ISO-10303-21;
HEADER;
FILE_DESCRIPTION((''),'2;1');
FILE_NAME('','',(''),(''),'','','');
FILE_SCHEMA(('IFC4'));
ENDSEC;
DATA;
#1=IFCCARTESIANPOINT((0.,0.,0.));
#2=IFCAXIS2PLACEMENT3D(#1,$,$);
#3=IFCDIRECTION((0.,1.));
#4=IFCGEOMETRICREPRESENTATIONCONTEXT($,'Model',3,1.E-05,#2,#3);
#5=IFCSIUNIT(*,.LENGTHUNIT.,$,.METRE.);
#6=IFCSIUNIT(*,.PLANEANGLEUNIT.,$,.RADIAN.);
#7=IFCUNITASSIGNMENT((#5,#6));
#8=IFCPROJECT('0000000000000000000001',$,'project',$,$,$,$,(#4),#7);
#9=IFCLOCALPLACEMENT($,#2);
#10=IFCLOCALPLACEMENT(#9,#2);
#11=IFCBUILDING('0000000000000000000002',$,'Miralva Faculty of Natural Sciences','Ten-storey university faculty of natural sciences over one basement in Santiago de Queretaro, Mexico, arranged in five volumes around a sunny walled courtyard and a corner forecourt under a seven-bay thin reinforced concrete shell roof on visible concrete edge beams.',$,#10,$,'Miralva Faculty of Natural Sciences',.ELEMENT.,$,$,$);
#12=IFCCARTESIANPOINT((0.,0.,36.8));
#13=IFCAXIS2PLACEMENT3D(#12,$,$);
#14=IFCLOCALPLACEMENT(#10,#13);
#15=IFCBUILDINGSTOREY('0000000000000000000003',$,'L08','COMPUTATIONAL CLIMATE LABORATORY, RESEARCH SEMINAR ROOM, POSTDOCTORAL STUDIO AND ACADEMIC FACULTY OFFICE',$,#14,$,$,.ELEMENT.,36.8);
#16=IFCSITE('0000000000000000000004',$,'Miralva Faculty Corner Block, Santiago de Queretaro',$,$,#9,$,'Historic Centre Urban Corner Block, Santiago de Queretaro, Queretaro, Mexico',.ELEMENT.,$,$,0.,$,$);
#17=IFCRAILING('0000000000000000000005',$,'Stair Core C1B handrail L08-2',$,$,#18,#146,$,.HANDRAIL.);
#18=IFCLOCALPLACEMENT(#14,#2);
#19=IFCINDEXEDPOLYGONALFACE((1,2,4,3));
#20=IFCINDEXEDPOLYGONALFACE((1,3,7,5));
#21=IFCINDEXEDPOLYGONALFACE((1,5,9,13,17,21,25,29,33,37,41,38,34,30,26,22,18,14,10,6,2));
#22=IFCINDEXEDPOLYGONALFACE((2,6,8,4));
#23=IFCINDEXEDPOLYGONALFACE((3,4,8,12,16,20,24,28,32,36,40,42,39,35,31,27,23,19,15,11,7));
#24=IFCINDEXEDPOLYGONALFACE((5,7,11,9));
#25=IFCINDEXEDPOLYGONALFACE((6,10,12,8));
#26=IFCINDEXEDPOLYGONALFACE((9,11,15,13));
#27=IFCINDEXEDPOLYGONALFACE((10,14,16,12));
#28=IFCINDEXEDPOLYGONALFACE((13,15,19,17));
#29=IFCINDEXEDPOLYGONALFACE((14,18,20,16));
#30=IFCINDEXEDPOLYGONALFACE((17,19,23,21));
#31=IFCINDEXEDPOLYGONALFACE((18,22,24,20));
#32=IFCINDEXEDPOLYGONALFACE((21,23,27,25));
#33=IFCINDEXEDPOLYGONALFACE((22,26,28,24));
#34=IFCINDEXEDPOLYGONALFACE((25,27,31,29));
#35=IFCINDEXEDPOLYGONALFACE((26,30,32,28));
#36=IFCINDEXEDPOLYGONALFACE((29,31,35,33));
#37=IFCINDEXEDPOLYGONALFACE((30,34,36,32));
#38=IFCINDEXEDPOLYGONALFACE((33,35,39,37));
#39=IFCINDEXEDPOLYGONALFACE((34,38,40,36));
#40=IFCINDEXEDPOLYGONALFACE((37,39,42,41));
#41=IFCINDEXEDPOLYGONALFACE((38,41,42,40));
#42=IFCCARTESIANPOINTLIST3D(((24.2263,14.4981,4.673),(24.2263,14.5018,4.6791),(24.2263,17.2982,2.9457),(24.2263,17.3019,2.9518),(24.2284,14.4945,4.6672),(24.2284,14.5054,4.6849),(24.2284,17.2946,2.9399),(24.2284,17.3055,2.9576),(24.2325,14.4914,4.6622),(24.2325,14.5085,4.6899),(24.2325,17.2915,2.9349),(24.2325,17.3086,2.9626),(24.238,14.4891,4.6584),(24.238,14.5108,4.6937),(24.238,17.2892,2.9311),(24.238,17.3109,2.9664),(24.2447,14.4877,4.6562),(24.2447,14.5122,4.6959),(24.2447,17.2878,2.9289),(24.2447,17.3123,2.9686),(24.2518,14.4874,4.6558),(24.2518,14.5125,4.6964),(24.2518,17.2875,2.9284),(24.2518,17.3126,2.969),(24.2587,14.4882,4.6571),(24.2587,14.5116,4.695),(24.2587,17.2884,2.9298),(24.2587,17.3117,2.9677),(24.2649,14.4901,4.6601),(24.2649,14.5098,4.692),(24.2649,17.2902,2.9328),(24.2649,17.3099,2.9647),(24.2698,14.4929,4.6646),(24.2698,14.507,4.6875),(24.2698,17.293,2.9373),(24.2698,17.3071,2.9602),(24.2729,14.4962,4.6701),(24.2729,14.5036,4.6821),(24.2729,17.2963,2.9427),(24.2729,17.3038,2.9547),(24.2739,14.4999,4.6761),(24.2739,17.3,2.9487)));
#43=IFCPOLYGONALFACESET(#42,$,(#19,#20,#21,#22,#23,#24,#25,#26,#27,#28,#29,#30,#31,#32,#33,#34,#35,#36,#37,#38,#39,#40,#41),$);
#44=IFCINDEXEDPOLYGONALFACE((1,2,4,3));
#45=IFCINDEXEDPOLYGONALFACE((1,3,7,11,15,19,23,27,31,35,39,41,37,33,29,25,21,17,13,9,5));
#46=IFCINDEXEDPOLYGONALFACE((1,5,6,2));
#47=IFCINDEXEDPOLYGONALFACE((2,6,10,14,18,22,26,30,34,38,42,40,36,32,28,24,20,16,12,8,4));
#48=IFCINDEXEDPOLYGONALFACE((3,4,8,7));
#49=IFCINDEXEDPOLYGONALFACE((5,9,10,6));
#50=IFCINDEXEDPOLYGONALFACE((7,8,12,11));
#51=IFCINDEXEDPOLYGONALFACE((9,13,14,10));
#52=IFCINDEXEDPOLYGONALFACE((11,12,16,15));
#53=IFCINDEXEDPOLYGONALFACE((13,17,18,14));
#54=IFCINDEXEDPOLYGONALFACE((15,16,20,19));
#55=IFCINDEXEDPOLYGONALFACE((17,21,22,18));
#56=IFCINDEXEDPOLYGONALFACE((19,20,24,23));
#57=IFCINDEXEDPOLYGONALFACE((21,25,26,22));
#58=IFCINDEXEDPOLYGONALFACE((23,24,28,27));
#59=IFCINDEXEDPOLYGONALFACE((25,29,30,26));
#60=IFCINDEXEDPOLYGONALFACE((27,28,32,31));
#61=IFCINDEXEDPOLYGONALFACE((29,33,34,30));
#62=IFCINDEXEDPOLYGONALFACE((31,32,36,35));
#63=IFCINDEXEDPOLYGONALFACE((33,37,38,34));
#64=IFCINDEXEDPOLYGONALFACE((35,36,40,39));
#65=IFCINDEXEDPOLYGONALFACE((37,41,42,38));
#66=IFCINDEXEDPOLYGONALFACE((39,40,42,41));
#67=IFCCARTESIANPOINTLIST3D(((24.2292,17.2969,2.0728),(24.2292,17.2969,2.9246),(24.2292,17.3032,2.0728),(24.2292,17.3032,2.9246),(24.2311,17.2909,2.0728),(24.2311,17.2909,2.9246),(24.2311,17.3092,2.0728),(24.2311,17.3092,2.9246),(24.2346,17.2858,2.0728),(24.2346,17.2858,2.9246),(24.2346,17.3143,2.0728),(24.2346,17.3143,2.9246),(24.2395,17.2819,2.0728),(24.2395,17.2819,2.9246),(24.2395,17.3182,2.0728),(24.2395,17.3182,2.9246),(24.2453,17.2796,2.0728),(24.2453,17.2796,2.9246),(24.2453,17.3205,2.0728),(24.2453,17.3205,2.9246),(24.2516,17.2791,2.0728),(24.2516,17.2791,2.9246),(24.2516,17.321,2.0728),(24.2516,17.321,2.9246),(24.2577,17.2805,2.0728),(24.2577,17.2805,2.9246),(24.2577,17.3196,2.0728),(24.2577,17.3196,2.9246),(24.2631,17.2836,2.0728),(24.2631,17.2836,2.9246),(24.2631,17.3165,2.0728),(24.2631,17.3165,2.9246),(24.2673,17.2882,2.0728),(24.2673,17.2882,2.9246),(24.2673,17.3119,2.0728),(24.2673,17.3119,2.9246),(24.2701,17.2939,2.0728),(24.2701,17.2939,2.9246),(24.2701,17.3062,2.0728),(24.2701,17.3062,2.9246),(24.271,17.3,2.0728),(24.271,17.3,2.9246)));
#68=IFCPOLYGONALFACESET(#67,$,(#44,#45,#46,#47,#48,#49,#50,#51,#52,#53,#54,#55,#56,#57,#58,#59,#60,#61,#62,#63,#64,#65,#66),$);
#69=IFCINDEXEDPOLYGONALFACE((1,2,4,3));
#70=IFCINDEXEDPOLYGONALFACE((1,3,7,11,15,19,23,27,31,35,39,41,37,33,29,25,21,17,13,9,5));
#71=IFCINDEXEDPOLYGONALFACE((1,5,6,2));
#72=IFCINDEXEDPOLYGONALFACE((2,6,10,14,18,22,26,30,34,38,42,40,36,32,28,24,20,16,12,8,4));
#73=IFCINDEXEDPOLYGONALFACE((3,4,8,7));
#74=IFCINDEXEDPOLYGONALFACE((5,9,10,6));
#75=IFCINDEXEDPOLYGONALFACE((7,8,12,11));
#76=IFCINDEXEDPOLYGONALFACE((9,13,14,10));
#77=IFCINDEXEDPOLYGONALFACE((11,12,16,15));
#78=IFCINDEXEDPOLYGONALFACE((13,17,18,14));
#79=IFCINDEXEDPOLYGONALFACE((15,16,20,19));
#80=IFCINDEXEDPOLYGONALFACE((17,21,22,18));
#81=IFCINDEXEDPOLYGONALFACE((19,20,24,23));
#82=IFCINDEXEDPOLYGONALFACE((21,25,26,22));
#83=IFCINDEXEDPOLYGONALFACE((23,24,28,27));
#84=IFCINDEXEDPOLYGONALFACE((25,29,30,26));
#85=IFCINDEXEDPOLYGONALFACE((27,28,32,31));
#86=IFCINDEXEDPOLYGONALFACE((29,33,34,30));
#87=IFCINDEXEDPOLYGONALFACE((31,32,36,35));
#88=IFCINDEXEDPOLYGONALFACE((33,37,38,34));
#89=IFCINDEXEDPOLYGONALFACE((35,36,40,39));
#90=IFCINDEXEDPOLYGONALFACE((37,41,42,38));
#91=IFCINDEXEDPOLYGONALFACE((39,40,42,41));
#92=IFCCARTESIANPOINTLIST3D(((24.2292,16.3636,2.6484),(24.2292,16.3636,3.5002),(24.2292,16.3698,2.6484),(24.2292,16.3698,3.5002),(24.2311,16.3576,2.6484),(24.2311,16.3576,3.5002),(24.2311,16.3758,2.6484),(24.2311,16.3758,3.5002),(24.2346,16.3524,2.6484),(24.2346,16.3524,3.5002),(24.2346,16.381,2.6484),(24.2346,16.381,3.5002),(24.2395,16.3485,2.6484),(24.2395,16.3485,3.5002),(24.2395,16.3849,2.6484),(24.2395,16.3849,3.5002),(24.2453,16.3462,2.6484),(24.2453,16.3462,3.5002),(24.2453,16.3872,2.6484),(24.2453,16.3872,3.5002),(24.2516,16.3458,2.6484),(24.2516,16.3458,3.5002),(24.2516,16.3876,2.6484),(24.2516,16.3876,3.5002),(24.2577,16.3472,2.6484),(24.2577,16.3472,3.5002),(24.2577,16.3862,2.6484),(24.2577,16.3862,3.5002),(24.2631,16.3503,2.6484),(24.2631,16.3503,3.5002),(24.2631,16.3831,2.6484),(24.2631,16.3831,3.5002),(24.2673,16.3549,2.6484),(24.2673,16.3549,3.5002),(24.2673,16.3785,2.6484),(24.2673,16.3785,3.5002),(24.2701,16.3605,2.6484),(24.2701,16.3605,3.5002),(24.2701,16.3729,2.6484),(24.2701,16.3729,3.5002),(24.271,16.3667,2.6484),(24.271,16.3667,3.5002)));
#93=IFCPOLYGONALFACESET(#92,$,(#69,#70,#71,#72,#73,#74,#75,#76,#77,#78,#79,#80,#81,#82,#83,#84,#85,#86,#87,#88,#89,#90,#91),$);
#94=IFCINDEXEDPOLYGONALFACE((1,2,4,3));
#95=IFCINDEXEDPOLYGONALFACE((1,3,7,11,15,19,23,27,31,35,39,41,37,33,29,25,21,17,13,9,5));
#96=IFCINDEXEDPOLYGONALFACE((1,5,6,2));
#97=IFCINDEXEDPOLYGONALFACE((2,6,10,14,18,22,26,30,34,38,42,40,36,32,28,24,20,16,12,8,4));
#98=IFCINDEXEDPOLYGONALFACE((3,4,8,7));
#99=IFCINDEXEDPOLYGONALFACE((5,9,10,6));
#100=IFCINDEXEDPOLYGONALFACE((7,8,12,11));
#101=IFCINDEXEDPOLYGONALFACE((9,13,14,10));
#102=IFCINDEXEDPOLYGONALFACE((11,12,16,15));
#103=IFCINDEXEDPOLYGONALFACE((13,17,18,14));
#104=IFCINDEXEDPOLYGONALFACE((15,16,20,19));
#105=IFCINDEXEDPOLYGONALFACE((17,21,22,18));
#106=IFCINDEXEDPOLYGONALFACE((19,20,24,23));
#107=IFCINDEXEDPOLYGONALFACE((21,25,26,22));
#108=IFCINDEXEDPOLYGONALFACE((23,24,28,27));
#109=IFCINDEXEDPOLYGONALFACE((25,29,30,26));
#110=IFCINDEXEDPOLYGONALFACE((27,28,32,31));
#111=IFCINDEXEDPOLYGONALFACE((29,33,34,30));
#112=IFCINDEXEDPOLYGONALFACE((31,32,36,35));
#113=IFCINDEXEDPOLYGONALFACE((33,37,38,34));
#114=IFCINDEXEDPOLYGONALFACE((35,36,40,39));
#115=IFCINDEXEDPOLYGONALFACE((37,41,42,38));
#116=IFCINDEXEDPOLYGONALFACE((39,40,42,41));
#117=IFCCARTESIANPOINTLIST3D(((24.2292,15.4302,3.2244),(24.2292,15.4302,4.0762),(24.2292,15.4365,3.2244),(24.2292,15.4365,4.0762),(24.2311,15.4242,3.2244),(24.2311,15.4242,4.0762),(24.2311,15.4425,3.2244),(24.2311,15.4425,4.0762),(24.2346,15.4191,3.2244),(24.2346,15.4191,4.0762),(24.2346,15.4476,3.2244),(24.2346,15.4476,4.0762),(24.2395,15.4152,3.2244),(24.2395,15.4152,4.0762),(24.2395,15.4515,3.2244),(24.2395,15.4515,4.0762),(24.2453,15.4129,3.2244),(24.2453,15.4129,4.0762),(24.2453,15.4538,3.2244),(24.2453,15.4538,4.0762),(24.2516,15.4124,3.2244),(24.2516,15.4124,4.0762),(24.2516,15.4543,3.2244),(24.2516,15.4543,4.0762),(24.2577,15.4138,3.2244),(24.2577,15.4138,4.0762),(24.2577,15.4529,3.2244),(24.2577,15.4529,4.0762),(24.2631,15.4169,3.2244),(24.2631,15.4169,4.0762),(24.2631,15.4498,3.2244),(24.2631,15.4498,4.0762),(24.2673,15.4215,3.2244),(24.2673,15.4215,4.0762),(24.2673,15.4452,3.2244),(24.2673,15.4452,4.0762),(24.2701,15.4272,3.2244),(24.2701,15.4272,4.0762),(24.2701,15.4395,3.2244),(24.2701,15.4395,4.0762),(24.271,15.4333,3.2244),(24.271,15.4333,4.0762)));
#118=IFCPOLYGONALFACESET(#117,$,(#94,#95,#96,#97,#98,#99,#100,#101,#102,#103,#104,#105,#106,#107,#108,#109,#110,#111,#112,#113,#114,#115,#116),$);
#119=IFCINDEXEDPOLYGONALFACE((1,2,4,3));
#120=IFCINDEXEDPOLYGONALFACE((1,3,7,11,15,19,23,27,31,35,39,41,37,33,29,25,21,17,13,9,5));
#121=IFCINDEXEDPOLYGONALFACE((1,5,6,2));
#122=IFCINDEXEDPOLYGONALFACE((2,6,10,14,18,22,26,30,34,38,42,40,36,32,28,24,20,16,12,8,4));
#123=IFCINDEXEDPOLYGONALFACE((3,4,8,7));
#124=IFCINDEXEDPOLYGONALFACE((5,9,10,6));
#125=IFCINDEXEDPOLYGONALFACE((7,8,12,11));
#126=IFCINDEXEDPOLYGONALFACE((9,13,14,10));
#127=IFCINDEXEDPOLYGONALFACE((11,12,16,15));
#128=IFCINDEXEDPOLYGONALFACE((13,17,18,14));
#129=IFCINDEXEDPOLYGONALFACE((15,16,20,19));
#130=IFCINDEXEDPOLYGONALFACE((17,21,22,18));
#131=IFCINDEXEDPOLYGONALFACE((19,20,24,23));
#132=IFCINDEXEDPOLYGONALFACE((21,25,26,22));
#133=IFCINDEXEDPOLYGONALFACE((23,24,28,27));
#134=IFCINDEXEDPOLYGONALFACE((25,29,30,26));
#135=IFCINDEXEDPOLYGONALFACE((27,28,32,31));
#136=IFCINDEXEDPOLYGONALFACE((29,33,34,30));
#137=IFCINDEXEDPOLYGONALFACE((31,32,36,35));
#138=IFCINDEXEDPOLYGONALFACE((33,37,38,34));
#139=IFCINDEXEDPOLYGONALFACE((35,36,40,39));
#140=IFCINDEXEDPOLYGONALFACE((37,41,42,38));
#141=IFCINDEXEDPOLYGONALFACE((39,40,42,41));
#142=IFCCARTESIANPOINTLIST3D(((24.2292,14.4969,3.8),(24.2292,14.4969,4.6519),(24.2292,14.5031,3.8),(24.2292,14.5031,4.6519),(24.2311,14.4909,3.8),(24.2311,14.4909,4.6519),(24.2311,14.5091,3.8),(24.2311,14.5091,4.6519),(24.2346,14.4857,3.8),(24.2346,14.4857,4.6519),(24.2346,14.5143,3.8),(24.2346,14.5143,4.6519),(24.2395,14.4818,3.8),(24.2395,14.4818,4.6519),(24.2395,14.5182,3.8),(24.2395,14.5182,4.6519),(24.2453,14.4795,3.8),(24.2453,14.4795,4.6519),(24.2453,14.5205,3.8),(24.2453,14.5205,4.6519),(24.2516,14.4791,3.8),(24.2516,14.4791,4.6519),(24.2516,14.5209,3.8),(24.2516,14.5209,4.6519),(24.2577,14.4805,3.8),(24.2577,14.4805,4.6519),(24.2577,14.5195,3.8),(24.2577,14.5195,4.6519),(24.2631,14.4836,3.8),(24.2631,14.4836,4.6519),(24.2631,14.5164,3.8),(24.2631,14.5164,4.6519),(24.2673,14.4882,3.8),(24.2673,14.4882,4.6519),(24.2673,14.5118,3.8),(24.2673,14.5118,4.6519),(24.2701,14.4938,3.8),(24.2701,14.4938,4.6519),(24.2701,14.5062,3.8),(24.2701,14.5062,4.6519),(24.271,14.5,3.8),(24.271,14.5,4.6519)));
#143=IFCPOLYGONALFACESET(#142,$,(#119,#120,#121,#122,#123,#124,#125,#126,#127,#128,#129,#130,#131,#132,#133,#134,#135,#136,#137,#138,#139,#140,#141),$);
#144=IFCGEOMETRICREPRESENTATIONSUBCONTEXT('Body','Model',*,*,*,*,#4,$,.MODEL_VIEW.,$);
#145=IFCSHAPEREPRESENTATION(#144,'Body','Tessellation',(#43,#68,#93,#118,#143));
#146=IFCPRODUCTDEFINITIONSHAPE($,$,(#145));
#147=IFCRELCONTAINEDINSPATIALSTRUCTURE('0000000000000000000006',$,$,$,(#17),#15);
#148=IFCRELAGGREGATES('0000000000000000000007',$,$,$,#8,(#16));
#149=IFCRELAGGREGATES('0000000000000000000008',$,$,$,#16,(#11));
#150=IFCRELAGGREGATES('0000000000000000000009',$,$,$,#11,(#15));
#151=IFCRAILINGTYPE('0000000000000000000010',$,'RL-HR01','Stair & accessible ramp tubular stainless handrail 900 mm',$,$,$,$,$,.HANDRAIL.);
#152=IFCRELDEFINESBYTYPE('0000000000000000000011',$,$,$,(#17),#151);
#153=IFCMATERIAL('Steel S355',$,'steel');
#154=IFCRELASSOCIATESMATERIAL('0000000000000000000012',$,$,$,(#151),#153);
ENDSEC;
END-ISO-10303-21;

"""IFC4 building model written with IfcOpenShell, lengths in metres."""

from ifc_helpers import new_model, si_unit, direction, frame, origin, origin_2d, place, context, subcontext, project, spatial, circle, extrude, material, type_object, element, save


model = new_model("IFC4")

# Units and contexts
model_context = context("Model", 3, precision=1e-05, world=origin(), true_north=direction((0.0, 1.0)))
body_context = subcontext(model_context, "Body", "Model", "MODEL_VIEW")
ifc_project = project(units=[si_unit("LENGTHUNIT", "METRE"), si_unit("PLANEANGLEUNIT", "RADIAN")], contexts=[model_context])

# Site, building, storey
site_placement = place(None, origin())
site = spatial("IfcSite", under=ifc_project, at=site_placement, Name="Miralva Faculty Corner Block, Santiago de Queretaro", LongName="Historic Centre Urban Corner Block, Santiago de Queretaro, Queretaro, Mexico", CompositionType="ELEMENT", RefElevation=0.0)
building_placement = place(site_placement, origin())
building = spatial("IfcBuilding", under=site, at=building_placement, Name="Miralva Faculty of Natural Sciences", Description="Ten-storey university faculty of natural sciences over one basement in Santiago de Queretaro, Mexico, arranged in five volumes around a sunny walled courtyard and a corner forecourt under a seven-bay thin reinforced concrete shell roof on visible concrete edge beams.", LongName="Miralva Faculty of Natural Sciences", CompositionType="ELEMENT")
storey_placement = place(building_placement, frame((0.0, 0.0, 36.8)))
storey = spatial("IfcBuildingStorey", under=building, at=storey_placement, Name="L08", Description="COMPUTATIONAL CLIMATE LABORATORY, RESEARCH SEMINAR ROOM, POSTDOCTORAL STUDIO AND ACADEMIC FACULTY OFFICE", CompositionType="ELEMENT", Elevation=36.8)

# Railing
ifc_material_1 = material(Name="Steel S355", Category="steel")
railing_type_1 = type_object("IfcRailingType", Name="RL-HR01", Description="Stair & accessible ramp tubular stainless handrail 900 mm", PredefinedType="HANDRAIL", material=ifc_material_1)
railing_1_placement = place(storey_placement, frame((24.25, 17.3, 2.0728)))
element("IfcRailing", 1, at=railing_1_placement, inside=storey, type_object=railing_type_1, Name="Stair Core C1B handrail L08-2", PredefinedType="HANDRAIL", context=body_context, shape_type="SweptSolid", body=[
    extrude(circle(Radius=0.0239, at=origin_2d()), frame((0.0, 0.0, 0.876), z_axis=(0.0, -0.85109, 0.52502), x_axis=(1.0, 0.0, 0.0)), (0.0, 0.0, 1.0), 3.29),
    extrude(circle(Radius=0.021, at=origin_2d()), origin(), (0.0, 0.0, 1.0), 0.8518),
    extrude(circle(Radius=0.021, at=origin_2d()), frame((0.0, -0.9333, 0.5757)), (0.0, 0.0, 1.0), 0.8518),
    extrude(circle(Radius=0.021, at=origin_2d()), frame((0.0, -1.8667, 1.1516)), (0.0, 0.0, 1.0), 0.8518),
    extrude(circle(Radius=0.021, at=origin_2d()), frame((0.0, -2.8, 1.7273)), (0.0, 0.0, 1.0), 0.8518),
])

save(model, "model.ifc")
